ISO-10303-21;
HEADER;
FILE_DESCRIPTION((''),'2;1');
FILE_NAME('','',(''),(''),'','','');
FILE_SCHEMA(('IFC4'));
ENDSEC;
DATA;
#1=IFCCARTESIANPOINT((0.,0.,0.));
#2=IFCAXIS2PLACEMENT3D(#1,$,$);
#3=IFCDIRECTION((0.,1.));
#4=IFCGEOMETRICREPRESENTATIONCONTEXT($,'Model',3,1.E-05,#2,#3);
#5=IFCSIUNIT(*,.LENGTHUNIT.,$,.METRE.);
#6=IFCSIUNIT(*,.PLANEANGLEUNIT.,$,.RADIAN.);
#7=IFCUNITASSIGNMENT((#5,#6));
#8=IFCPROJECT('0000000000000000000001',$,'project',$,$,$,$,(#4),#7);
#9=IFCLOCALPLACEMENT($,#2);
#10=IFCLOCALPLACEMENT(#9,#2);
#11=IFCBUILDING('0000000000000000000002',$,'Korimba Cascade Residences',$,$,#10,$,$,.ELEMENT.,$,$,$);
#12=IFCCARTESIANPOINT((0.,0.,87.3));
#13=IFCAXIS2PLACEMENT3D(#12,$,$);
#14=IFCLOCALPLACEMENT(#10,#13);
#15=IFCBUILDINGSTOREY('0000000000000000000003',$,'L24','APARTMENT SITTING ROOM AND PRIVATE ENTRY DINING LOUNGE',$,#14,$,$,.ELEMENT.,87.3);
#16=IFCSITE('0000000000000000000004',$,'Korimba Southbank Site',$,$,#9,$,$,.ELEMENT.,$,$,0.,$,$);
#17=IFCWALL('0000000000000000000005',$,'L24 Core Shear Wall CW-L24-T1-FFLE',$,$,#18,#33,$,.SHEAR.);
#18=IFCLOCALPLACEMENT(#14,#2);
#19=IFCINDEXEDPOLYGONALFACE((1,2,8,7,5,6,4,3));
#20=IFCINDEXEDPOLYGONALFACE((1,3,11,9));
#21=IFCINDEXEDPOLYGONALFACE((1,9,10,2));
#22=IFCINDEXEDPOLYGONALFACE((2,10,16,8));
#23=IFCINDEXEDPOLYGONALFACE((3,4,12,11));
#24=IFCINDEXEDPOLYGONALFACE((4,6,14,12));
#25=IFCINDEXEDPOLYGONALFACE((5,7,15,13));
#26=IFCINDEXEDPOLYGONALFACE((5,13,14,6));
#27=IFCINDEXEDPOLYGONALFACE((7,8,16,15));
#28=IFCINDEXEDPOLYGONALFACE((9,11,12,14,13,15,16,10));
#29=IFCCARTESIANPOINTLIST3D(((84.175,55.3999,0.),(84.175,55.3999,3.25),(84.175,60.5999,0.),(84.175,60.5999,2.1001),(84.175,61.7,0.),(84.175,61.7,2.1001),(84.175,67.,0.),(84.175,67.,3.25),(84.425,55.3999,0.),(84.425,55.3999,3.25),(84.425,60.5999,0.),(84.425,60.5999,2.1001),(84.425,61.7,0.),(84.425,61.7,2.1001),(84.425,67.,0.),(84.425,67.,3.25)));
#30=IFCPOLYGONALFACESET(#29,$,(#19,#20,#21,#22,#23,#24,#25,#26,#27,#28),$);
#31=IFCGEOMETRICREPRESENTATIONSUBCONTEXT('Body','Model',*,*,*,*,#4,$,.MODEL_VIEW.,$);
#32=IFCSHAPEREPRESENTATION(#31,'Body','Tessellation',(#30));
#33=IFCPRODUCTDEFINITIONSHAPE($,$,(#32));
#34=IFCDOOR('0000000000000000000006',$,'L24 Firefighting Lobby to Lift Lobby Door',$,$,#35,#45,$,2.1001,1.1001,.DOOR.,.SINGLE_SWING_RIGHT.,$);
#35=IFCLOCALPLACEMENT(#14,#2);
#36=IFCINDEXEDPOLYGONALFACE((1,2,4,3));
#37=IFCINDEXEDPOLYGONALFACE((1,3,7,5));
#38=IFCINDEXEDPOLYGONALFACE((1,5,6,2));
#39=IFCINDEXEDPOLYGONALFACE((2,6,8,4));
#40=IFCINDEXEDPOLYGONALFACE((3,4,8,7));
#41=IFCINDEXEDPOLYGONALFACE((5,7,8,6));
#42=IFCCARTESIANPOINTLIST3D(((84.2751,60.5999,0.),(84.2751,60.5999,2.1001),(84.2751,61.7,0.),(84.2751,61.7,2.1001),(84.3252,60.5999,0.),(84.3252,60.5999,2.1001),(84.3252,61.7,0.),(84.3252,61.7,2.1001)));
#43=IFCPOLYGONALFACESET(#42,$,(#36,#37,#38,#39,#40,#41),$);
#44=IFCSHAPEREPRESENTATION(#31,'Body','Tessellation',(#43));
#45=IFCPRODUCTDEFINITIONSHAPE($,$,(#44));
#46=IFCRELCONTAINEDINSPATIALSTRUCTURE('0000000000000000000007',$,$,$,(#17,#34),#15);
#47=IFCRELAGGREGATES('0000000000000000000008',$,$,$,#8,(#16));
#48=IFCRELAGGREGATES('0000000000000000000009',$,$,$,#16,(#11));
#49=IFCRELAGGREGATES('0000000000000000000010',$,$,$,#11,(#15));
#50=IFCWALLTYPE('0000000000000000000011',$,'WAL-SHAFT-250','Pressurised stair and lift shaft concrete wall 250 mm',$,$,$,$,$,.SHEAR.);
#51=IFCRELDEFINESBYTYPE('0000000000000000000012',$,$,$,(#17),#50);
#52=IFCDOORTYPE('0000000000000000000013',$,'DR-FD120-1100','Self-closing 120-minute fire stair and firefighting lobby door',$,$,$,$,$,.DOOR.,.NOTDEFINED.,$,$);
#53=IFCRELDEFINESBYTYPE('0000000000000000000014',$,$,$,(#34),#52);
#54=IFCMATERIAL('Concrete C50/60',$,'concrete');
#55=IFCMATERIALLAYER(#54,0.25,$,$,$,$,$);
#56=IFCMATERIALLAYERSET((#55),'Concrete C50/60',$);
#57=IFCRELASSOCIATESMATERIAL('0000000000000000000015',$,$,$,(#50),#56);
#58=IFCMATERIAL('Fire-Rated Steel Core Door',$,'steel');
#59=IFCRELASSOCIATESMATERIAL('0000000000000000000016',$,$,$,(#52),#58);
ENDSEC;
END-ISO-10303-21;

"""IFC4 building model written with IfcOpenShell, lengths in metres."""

from ifc_helpers import new_model, si_unit, direction, frame, frame_2d, origin, place, context, subcontext, project, spatial, rectangle, extrude, material, layer, layer_set, type_object, element, fill, save


model = new_model("IFC4")

# Units and contexts
model_context = context("Model", 3, precision=1e-05, world=origin(), true_north=direction((0.0, 1.0)))
body_context = subcontext(model_context, "Body", "Model", "MODEL_VIEW")
ifc_project = project(units=[si_unit("LENGTHUNIT", "METRE"), si_unit("PLANEANGLEUNIT", "RADIAN")], contexts=[model_context])

# Site, building, storey
site_placement = place(None, origin())
site = spatial("IfcSite", under=ifc_project, at=site_placement, Name="Korimba Southbank Site", CompositionType="ELEMENT", RefElevation=0.0)
building_placement = place(site_placement, origin())
building = spatial("IfcBuilding", under=site, at=building_placement, Name="Korimba Cascade Residences", CompositionType="ELEMENT")
storey_placement = place(building_placement, frame((0.0, 0.0, 87.3)))
storey = spatial("IfcBuildingStorey", under=building, at=storey_placement, Name="L24", Description="APARTMENT SITTING ROOM AND PRIVATE ENTRY DINING LOUNGE", CompositionType="ELEMENT", Elevation=87.3)

# Shared definitions
ifc_material_1 = material(Name="Concrete C50/60", Category="concrete")
ifc_layer_1 = layer(ifc_material_1, 0.25)
ifc_layer_set_1 = layer_set([ifc_layer_1], Name="Concrete C50/60")
wall_type_1 = type_object("IfcWallType", Name="WAL-SHAFT-250", Description="Pressurised stair and lift shaft concrete wall 250 mm", PredefinedType="SHEAR", material=ifc_layer_set_1)
ifc_material_2 = material(Name="Fire-Rated Steel Core Door", Category="steel")
door_type_1 = type_object("IfcDoorType", Name="DR-FD120-1100", Description="Self-closing 120-minute fire stair and firefighting lobby door", OperationType="NOTDEFINED", PredefinedType="DOOR", material=ifc_material_2)

# Wall, opening, door
wall_1_placement = place(storey_placement, frame((84.3, 55.3999, 0.0), z_axis=(0.0, 0.0, 1.0), x_axis=(0.0, 1.0, 0.0)))
wall_1 = element("IfcWall", 1, at=wall_1_placement, inside=storey, type_object=wall_type_1, Name="L24 Core Shear Wall CW-L24-T1-FFLE", PredefinedType="SHEAR", context=body_context, shape_type="SweptSolid", body=[
    extrude(rectangle(XDim=11.6001, YDim=0.25, at=frame_2d((5.8, 0.0))), origin(), (0.0, 0.0, 1.0), 3.25),
])
opening_1_placement = place(wall_1_placement, frame((5.2, 0.0, 0.0)))
opening_1 = element("IfcOpeningElement", 2, at=opening_1_placement, cuts=wall_1, PredefinedType="OPENING", context=body_context, shape_type="SweptSolid", body=[
    extrude(rectangle(XDim=1.1001, YDim=2.1001, at=frame_2d((0.55, 1.05))), frame((0.0, 0.135, 0.0), z_axis=(0.0, -1.0, 0.0), x_axis=(1.0, 0.0, 0.0)), (0.0, 0.0, 1.0), 0.27),
])
door_1_placement = place(opening_1_placement, origin())
door_1 = element("IfcDoor", 3, at=door_1_placement, inside=storey, type_object=door_type_1, Name="L24 Firefighting Lobby to Lift Lobby Door", OperationType="SINGLE_SWING_RIGHT", OverallHeight=2.1001, OverallWidth=1.1001, PredefinedType="DOOR", context=body_context, shape_type="SweptSolid", body=[
    extrude(rectangle(XDim=1.1001, YDim=2.1001, at=frame_2d((0.55, 1.05))), frame((0.0, 0.0249, 0.0), z_axis=(0.0, -1.0, 0.0), x_axis=(1.0, 0.0, 0.0)), (0.0, 0.0, 1.0), 0.05),
])
fill(opening_1, door_1)

save(model, "model.ifc")
